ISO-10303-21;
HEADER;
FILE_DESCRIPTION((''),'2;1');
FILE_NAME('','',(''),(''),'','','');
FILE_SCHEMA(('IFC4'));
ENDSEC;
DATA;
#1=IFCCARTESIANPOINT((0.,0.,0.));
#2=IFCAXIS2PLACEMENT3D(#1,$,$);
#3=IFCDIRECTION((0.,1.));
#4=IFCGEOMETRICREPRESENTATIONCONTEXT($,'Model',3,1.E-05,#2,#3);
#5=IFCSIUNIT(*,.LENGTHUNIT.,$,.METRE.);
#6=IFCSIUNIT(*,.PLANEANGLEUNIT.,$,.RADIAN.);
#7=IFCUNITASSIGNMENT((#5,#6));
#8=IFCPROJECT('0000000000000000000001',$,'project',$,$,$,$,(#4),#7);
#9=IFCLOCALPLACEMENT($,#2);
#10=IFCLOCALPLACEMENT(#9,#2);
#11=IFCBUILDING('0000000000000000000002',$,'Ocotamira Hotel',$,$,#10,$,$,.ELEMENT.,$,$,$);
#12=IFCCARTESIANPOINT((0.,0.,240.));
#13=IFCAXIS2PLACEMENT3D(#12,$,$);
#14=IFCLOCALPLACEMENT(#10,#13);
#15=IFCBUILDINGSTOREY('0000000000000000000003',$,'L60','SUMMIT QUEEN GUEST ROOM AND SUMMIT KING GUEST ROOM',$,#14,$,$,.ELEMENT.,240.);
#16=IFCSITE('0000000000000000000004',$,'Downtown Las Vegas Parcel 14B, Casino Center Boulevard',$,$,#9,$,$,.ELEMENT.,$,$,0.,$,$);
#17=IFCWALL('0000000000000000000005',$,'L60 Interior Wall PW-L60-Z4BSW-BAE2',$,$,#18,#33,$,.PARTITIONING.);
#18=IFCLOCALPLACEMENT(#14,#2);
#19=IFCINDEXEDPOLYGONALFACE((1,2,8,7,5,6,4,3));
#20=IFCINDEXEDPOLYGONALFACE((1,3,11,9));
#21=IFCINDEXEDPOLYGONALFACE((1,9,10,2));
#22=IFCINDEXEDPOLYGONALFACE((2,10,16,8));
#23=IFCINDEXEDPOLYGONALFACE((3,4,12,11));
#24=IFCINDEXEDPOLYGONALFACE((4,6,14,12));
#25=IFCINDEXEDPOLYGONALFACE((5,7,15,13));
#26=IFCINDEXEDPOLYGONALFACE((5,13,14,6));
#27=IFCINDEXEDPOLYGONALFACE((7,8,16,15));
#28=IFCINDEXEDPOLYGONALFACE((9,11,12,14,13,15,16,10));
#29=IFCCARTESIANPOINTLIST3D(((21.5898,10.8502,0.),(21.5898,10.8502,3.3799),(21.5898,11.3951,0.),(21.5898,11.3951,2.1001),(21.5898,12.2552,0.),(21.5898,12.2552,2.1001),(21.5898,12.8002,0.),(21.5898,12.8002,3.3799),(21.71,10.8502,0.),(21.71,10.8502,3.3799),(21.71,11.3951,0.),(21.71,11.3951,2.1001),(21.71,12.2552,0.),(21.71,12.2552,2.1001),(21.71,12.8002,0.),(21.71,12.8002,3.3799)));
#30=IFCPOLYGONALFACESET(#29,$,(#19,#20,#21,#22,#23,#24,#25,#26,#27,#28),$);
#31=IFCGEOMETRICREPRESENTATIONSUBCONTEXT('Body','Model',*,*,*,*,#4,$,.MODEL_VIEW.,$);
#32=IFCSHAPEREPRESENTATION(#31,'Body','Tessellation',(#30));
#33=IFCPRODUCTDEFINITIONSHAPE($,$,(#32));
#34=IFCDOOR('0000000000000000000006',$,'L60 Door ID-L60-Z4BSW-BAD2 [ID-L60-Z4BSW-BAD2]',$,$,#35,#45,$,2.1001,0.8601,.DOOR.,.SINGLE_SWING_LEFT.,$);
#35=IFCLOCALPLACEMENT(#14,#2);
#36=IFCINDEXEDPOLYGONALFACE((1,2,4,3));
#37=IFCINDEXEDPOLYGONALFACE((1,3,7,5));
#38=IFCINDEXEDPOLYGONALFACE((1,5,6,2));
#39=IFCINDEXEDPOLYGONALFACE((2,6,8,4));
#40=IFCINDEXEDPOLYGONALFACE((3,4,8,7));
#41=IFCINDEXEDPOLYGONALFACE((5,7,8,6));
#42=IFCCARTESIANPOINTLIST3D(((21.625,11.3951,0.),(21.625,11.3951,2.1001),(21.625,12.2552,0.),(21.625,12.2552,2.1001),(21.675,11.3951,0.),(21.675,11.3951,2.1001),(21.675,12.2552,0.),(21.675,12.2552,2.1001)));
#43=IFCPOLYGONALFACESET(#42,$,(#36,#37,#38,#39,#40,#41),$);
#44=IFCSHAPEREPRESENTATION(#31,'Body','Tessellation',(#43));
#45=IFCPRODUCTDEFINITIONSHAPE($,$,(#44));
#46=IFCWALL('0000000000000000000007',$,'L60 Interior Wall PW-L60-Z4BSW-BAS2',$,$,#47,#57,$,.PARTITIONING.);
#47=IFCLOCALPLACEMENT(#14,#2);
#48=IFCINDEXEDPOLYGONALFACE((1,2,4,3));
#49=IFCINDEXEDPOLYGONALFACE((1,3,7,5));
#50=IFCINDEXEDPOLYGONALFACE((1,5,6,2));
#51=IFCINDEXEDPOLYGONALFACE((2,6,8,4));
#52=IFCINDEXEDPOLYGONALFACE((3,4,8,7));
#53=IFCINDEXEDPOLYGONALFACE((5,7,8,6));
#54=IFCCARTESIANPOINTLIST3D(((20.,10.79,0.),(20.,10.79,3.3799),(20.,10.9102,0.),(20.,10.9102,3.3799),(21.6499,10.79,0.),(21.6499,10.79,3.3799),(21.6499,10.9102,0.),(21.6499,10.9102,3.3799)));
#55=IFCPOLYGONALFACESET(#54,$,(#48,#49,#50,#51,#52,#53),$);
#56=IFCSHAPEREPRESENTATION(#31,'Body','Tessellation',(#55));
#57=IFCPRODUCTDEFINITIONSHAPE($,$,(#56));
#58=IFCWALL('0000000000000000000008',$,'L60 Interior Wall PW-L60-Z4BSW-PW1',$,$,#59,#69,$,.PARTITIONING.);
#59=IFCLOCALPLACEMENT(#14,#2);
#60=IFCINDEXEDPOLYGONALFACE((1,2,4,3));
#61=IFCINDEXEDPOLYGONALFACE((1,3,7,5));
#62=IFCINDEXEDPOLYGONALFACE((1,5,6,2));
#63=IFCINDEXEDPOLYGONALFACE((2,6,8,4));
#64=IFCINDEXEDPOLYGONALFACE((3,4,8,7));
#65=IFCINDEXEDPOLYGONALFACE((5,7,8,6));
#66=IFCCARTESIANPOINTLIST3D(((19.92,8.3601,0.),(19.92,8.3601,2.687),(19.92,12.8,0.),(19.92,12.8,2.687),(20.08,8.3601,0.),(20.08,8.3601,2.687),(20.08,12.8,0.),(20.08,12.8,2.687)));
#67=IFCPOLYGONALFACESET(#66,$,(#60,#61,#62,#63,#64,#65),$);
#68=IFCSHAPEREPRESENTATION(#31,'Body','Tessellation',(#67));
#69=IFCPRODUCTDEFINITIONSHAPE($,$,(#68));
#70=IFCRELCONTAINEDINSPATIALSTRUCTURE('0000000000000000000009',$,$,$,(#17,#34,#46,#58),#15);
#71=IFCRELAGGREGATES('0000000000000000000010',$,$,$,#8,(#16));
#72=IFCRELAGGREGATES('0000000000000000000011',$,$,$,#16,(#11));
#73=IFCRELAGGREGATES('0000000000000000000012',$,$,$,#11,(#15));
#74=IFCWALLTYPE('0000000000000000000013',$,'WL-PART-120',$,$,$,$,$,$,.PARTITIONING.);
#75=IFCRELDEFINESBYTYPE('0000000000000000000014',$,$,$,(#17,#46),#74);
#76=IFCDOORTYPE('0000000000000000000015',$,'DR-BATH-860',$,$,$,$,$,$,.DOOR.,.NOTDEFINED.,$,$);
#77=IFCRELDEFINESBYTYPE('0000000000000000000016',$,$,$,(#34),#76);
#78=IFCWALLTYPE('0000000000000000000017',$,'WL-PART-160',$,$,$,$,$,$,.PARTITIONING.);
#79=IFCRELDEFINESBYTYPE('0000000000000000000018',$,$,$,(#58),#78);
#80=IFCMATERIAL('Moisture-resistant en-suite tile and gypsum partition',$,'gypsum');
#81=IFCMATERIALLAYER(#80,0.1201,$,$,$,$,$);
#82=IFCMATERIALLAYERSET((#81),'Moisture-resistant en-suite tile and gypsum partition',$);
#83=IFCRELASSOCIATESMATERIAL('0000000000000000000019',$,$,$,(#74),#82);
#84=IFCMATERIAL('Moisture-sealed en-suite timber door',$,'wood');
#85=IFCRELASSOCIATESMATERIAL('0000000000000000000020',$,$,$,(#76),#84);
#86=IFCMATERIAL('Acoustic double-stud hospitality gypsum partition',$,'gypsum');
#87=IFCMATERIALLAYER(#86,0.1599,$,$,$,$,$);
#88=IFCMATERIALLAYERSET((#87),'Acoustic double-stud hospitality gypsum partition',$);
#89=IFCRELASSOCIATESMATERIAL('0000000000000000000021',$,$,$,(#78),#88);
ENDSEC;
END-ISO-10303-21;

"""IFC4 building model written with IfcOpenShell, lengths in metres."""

from ifc_helpers import new_model, si_unit, direction, frame, frame_2d, origin, place, context, subcontext, project, spatial, rectangle, extrude, source, transform, mapped, material, layer, layer_set, type_object, element, fill, save


model = new_model("IFC4")

# Units and contexts
model_context = context("Model", 3, precision=1e-05, world=origin(), true_north=direction((0.0, 1.0)))
body_context = subcontext(model_context, "Body", "Model", "MODEL_VIEW")
ifc_project = project(units=[si_unit("LENGTHUNIT", "METRE"), si_unit("PLANEANGLEUNIT", "RADIAN")], contexts=[model_context])

# Site, building, storey
site_placement = place(None, origin())
site = spatial("IfcSite", under=ifc_project, at=site_placement, Name="Downtown Las Vegas Parcel 14B, Casino Center Boulevard", CompositionType="ELEMENT", RefElevation=0.0)
building_placement = place(site_placement, origin())
building = spatial("IfcBuilding", under=site, at=building_placement, Name="Ocotamira Hotel", CompositionType="ELEMENT")
storey_placement = place(building_placement, frame((0.0, 0.0, 240.0)))
storey = spatial("IfcBuildingStorey", under=building, at=storey_placement, Name="L60", Description="SUMMIT QUEEN GUEST ROOM AND SUMMIT KING GUEST ROOM", CompositionType="ELEMENT", Elevation=240.0)

# Shared definitions
ifc_material_1 = material(Name="Moisture-resistant en-suite tile and gypsum partition", Category="gypsum")
ifc_layer_1 = layer(ifc_material_1, 0.1201)
ifc_layer_set_1 = layer_set([ifc_layer_1], Name="Moisture-resistant en-suite tile and gypsum partition")
wall_type_1 = type_object("IfcWallType", Name="WL-PART-120", PredefinedType="PARTITIONING", material=ifc_layer_set_1)

# Wall, opening, door
wall_1_placement = place(storey_placement, frame((21.6499, 10.8501, 0.0), z_axis=(0.0, 0.0, 1.0), x_axis=(0.0, 1.0, 0.0)))
wall_1 = element("IfcWall", 1, at=wall_1_placement, inside=storey, type_object=wall_type_1, Name="L60 Interior Wall PW-L60-Z4BSW-BAE2", PredefinedType="PARTITIONING", context=body_context, shape_type="SweptSolid", body=[
    extrude(rectangle(XDim=1.95, YDim=0.1201, at=frame_2d((0.9751, 0.0))), origin(), (0.0, 0.0, 1.0), 3.3799),
])
opening_placement = place(wall_1_placement, frame((0.5449, 0.0, 0.0)))
opening = element("IfcOpeningElement", 2, at=opening_placement, cuts=wall_1, PredefinedType="OPENING", context=body_context, shape_type="SweptSolid", body=[
    extrude(rectangle(XDim=0.8601, YDim=2.1001, at=frame_2d((0.4302, 1.05))), frame((0.0, 0.0701, 0.0), z_axis=(0.0, -1.0, 0.0), x_axis=(1.0, 0.0, 0.0)), (0.0, 0.0, 1.0), 0.1401),
])
ifc_material_2 = material(Name="Moisture-sealed en-suite timber door", Category="wood")
door_type = type_object("IfcDoorType", Name="DR-BATH-860", OperationType="NOTDEFINED", PredefinedType="DOOR", material=ifc_material_2)
shared_shape_1 = source(origin(), body_context, "Body", "SweptSolid", [
    extrude(rectangle(XDim=0.8601, YDim=2.1001, at=frame_2d((0.4302, 1.05))), frame((0.0, 0.0249, 0.0), z_axis=(0.0, -1.0, 0.0), x_axis=(1.0, 0.0, 0.0)), (0.0, 0.0, 1.0), 0.05),
])
door_placement = place(opening_placement, origin())
door = element("IfcDoor", 3, at=door_placement, inside=storey, type_object=door_type, Name="L60 Door ID-L60-Z4BSW-BAD2 [ID-L60-Z4BSW-BAD2]", OperationType="SINGLE_SWING_LEFT", OverallHeight=2.1001, OverallWidth=0.8601, PredefinedType="DOOR", context=body_context, shape_type="MappedRepresentation", body=[
    mapped(shared_shape_1, transform((0.0, 0.0, 0.0), scale=1.0)),
])
fill(opening, door)

# Walls
wall_2_placement = place(storey_placement, frame((20.0, 10.8501, 0.0), z_axis=(0.0, 0.0, 1.0), x_axis=(1.0, 0.0, 0.0)))
element("IfcWall", 4, at=wall_2_placement, inside=storey, type_object=wall_type_1, Name="L60 Interior Wall PW-L60-Z4BSW-BAS2", PredefinedType="PARTITIONING", context=body_context, shape_type="SweptSolid", body=[
    extrude(rectangle(XDim=1.6499, YDim=0.1201, at=frame_2d((0.825, 0.0))), origin(), (0.0, 0.0, 1.0), 3.3799),
])
ifc_material_3 = material(Name="Acoustic double-stud hospitality gypsum partition", Category="gypsum")
ifc_layer_2 = layer(ifc_material_3, 0.1599)
ifc_layer_set_2 = layer_set([ifc_layer_2], Name="Acoustic double-stud hospitality gypsum partition")
wall_type_2 = type_object("IfcWallType", Name="WL-PART-160", PredefinedType="PARTITIONING", material=ifc_layer_set_2)
wall_3_placement = place(storey_placement, frame((20.0, 8.3601, 0.0), z_axis=(0.0, 0.0, 1.0), x_axis=(0.0, 1.0, 0.0)))
element("IfcWall", 5, at=wall_3_placement, inside=storey, type_object=wall_type_2, Name="L60 Interior Wall PW-L60-Z4BSW-PW1", PredefinedType="PARTITIONING", context=body_context, shape_type="SweptSolid", body=[
    extrude(rectangle(XDim=4.4399, YDim=0.1599, at=frame_2d((2.22, 0.0))), origin(), (0.0, 0.0, 1.0), 2.687),
])

save(model, "model.ifc")
